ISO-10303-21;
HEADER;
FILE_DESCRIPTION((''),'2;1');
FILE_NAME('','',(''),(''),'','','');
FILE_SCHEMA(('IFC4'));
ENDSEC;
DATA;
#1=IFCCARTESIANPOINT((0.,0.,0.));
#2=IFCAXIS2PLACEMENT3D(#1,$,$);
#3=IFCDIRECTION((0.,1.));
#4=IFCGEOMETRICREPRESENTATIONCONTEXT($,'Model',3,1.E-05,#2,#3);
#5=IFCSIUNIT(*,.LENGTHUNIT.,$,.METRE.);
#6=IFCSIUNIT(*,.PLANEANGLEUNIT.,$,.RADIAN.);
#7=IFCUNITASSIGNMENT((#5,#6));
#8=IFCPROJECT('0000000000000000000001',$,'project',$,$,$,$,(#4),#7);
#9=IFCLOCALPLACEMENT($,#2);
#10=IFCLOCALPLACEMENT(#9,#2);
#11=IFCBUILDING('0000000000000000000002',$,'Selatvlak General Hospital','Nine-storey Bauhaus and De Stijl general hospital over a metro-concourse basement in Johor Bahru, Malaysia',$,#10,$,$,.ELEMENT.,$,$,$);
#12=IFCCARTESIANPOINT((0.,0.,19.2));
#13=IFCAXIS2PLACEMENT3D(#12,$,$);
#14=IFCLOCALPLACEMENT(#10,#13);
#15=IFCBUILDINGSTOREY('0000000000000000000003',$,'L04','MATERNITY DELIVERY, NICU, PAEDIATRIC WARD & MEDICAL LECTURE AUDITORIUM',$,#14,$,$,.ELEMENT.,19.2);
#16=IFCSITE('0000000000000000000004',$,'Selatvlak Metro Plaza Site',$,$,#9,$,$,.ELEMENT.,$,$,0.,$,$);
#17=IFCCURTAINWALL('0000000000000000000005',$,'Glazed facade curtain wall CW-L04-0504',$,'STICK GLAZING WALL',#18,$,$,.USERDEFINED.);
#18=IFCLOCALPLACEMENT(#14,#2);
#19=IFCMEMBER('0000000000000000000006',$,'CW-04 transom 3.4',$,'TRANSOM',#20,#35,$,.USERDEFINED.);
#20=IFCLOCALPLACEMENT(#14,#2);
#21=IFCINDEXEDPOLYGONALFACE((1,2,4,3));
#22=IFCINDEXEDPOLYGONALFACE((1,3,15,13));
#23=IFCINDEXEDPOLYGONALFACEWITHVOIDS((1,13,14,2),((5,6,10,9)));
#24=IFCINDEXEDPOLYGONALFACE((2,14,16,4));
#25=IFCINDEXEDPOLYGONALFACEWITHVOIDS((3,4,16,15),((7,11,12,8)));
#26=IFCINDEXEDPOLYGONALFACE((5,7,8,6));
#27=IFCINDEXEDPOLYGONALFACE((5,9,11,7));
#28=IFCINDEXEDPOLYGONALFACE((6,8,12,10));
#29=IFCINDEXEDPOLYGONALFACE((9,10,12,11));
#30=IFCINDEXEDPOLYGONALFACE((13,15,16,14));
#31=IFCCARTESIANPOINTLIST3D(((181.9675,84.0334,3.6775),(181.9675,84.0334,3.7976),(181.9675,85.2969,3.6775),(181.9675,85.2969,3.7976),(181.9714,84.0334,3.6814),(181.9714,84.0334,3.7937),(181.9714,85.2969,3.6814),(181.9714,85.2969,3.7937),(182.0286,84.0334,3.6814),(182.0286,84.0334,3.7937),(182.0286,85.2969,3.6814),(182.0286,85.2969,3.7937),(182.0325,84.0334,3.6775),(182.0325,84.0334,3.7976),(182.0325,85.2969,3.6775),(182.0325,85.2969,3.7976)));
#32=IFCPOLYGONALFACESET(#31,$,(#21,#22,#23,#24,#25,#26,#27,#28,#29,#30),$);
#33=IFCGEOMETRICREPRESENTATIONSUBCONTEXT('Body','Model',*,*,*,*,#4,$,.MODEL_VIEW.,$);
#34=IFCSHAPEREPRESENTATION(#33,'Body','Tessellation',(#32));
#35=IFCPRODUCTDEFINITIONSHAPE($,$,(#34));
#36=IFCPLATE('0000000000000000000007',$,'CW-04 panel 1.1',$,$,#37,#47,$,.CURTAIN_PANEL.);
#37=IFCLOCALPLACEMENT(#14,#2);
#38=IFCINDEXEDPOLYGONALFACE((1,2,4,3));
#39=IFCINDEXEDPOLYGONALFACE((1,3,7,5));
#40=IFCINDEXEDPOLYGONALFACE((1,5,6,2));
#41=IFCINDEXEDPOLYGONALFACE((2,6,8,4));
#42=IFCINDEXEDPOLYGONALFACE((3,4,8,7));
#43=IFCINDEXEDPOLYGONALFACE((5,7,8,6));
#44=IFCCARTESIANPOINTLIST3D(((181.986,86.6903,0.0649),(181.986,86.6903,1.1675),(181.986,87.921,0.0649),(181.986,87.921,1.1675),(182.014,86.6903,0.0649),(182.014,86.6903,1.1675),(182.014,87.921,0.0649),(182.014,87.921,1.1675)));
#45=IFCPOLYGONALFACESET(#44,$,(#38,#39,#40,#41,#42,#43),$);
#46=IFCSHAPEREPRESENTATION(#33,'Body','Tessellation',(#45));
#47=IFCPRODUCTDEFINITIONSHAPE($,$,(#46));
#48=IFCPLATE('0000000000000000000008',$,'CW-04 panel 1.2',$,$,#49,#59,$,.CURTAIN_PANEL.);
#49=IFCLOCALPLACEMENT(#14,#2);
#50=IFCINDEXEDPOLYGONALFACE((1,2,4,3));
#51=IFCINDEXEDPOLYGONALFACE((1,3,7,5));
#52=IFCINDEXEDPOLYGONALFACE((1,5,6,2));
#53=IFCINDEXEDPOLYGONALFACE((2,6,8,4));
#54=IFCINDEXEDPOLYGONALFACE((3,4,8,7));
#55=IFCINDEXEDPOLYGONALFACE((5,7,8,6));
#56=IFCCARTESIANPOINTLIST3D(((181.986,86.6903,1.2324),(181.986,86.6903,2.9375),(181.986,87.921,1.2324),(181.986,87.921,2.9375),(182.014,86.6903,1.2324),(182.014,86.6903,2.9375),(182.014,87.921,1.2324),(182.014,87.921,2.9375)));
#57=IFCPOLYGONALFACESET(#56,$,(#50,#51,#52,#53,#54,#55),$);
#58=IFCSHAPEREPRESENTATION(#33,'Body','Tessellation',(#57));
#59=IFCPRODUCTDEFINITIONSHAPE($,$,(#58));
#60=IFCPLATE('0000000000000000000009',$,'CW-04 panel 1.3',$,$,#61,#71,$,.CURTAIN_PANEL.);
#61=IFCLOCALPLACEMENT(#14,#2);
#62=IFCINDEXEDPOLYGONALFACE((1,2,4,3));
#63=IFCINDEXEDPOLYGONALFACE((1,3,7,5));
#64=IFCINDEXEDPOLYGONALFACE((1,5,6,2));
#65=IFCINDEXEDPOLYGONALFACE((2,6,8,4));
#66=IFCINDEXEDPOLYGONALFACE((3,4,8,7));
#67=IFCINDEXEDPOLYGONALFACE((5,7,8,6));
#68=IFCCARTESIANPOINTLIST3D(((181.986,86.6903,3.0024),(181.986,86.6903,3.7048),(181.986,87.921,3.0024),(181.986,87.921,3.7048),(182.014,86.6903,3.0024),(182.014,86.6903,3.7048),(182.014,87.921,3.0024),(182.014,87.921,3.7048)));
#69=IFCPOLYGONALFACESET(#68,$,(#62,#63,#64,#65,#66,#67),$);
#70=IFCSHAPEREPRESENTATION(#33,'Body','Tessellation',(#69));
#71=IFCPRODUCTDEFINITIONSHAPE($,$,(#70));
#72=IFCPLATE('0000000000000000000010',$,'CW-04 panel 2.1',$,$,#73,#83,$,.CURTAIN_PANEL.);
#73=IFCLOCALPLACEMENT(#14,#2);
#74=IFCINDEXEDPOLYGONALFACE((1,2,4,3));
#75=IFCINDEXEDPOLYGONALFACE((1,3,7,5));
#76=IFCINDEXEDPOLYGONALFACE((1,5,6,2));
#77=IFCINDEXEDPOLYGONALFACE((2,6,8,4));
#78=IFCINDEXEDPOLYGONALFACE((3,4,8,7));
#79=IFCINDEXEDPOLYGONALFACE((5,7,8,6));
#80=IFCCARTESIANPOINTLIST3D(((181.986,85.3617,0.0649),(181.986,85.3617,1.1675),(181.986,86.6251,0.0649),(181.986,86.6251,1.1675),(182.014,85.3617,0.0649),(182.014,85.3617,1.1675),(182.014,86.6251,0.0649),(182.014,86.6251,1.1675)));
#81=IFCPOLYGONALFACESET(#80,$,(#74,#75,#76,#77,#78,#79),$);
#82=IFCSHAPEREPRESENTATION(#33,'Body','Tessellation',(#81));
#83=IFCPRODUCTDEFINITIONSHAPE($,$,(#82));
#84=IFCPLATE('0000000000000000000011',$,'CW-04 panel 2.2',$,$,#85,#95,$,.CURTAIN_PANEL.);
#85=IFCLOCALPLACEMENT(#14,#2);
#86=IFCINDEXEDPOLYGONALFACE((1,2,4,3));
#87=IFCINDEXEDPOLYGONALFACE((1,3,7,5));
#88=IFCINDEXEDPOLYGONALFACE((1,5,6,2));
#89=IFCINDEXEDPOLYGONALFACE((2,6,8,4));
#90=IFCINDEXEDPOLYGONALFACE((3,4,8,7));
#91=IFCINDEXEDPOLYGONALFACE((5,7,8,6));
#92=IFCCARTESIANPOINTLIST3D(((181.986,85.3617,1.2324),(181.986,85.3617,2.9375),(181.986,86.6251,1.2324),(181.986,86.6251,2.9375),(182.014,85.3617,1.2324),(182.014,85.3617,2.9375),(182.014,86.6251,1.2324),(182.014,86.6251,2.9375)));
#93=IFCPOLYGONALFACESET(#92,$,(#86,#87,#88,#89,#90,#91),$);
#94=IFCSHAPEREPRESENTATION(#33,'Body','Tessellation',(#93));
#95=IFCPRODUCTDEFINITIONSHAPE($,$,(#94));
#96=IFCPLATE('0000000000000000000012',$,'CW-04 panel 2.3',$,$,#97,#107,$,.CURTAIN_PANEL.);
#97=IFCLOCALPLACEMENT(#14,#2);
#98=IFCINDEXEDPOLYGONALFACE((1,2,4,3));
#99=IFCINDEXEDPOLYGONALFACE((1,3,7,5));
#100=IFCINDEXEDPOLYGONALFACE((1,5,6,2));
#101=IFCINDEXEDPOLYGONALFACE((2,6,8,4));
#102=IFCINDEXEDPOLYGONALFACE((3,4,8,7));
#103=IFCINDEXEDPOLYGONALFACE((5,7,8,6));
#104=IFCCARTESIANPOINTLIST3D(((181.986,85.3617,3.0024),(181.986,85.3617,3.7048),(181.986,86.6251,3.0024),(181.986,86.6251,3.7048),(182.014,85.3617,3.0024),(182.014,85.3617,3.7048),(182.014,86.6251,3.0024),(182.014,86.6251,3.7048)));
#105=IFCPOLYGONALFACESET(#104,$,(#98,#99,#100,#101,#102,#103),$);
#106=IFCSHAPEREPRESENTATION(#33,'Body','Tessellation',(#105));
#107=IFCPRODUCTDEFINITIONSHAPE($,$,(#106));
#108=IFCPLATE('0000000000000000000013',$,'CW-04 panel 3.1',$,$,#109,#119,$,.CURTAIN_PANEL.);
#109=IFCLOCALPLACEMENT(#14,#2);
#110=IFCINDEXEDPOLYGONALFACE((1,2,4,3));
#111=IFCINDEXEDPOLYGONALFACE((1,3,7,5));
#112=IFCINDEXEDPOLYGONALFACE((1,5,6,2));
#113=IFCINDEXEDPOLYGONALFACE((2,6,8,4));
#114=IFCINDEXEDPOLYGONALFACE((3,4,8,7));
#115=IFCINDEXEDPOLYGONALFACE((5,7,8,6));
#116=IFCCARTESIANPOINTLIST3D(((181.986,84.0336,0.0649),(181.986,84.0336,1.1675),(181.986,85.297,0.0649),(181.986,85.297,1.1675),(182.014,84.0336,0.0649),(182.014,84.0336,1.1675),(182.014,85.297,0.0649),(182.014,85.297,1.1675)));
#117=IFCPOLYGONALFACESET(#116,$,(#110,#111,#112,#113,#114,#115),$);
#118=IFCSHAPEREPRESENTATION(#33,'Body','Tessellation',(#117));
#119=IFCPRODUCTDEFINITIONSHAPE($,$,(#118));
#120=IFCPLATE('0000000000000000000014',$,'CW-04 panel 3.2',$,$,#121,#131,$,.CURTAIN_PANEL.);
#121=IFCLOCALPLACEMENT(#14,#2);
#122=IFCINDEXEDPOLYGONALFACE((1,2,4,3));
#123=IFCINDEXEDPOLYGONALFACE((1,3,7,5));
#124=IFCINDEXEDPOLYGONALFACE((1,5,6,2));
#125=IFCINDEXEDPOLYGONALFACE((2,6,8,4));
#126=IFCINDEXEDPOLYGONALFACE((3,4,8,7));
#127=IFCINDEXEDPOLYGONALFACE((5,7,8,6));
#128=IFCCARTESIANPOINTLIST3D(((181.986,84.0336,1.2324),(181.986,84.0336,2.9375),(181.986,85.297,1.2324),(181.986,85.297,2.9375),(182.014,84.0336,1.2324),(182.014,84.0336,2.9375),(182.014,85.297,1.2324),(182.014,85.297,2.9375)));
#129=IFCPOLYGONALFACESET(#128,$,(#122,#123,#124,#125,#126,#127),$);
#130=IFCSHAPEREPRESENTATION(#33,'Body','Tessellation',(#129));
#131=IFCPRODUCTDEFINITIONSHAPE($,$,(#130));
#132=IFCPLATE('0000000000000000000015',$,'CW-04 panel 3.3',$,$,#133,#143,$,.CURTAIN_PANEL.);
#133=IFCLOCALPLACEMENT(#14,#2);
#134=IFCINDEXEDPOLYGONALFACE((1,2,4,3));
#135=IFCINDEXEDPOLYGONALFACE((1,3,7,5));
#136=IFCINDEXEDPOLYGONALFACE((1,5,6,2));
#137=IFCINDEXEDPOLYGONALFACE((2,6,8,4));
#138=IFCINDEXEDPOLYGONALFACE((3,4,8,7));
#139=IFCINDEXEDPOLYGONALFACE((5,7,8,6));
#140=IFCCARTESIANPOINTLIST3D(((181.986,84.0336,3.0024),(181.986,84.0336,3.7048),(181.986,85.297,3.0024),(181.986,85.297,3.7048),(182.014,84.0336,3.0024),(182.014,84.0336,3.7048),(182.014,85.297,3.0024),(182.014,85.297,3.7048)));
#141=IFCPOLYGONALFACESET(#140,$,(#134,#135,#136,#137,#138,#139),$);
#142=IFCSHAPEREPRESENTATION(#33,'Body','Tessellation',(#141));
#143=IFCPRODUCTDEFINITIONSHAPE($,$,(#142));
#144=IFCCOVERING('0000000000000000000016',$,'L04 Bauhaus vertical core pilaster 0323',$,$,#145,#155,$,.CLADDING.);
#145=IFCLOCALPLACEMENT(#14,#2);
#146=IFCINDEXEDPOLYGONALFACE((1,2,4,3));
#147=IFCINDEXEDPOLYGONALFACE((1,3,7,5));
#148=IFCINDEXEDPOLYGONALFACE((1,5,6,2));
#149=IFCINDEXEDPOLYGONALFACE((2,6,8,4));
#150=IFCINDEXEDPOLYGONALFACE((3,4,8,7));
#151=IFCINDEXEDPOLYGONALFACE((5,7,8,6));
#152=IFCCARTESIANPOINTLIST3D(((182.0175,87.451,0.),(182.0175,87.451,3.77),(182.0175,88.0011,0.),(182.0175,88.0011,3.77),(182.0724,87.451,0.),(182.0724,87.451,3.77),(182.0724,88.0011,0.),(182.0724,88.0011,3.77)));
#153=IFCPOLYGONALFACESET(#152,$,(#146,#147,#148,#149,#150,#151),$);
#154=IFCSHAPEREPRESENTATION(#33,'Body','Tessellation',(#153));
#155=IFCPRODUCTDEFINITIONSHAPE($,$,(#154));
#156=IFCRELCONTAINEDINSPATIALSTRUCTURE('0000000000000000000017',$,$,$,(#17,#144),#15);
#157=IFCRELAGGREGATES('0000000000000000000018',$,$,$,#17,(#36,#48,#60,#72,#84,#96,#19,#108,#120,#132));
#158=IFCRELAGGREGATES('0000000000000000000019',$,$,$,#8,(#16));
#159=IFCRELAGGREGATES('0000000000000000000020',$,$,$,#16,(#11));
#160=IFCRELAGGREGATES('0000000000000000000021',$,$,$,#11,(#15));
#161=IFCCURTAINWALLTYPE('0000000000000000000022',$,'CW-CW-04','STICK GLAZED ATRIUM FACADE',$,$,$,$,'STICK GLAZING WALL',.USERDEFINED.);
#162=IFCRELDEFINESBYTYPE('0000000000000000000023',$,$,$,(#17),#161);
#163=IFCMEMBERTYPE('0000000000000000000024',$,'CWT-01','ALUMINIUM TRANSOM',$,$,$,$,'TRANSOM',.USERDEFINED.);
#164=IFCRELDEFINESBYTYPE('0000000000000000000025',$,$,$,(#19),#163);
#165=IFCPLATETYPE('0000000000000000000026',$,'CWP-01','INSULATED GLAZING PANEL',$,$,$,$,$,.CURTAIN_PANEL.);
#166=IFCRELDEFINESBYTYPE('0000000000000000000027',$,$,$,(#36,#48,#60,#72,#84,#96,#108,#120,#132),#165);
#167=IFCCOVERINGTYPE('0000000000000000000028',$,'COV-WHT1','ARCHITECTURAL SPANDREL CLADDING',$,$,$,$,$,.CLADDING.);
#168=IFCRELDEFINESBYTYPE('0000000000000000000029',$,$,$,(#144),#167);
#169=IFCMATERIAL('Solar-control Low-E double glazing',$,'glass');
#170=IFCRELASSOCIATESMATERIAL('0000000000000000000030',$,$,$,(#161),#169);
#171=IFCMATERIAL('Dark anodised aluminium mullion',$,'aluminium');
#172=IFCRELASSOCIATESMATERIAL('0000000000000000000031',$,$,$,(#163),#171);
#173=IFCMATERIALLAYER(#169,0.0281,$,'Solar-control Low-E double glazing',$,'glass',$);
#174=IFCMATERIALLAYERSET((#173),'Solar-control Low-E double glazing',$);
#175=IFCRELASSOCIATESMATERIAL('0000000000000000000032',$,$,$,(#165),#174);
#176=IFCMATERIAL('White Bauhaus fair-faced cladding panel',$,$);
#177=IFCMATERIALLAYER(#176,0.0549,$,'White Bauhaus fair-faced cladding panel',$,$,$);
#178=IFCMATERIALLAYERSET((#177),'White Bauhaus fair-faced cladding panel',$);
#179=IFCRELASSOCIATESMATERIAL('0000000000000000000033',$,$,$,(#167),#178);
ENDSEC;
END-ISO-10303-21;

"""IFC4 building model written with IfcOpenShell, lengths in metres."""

from ifc_helpers import new_model, si_unit, direction, frame, origin, origin_2d, place, context, subcontext, project, spatial, rectangle, hollow_rectangle, extrude, material, layer, layer_set, material_profile, profile_set, type_object, element, aggregate, save


model = new_model("IFC4")

# Units and contexts
model_context = context("Model", 3, precision=1e-05, world=origin(), true_north=direction((0.0, 1.0)))
body_context = subcontext(model_context, "Body", "Model", "MODEL_VIEW")
ifc_project = project(units=[si_unit("LENGTHUNIT", "METRE"), si_unit("PLANEANGLEUNIT", "RADIAN")], contexts=[model_context])

# Site, building, storey
site_placement = place(None, origin())
site = spatial("IfcSite", under=ifc_project, at=site_placement, Name="Selatvlak Metro Plaza Site", CompositionType="ELEMENT", RefElevation=0.0)
building_placement = place(site_placement, origin())
building = spatial("IfcBuilding", under=site, at=building_placement, Name="Selatvlak General Hospital", Description="Nine-storey Bauhaus and De Stijl general hospital over a metro-concourse basement in Johor Bahru, Malaysia", CompositionType="ELEMENT")
storey_placement = place(building_placement, frame((0.0, 0.0, 19.2)))
storey = spatial("IfcBuildingStorey", under=building, at=storey_placement, Name="L04", Description="MATERNITY DELIVERY, NICU, PAEDIATRIC WARD & MEDICAL LECTURE AUDITORIUM", CompositionType="ELEMENT", Elevation=19.2)

# Shared definitions
ifc_material_1 = material(Name="Solar-control Low-E double glazing", Category="glass")
ifc_material_2 = material(Name="Dark anodised aluminium mullion", Category="aluminium")

# Curtain wall, member, plates
curtain_wall_type_1 = type_object("IfcCurtainWallType", Name="CW-CW-04", Description="STICK GLAZED ATRIUM FACADE", ElementType="STICK GLAZING WALL", PredefinedType="USERDEFINED", material=ifc_material_1)
curtain_wall_1_placement = place(storey_placement, origin())
curtain_wall_1 = element("IfcCurtainWall", 1, at=curtain_wall_1_placement, inside=storey, type_object=curtain_wall_type_1, Name="Glazed facade curtain wall CW-L04-0504", ObjectType="STICK GLAZING WALL", PredefinedType="USERDEFINED")
ifc_material_profile_1 = material_profile(ifc_material_2, hollow_rectangle(XDim=0.0649, YDim=0.1201, WallThickness=0.0039, at=origin_2d()), Name="AL-TRN 65x120x4")
ifc_profile_set_1 = profile_set([ifc_material_profile_1], Name="Dark anodised aluminium mullion")
member_type_1 = type_object("IfcMemberType", Name="CWT-01", Description="ALUMINIUM TRANSOM", ElementType="TRANSOM", PredefinedType="USERDEFINED", material=ifc_profile_set_1)
member_1_placement = place(storey_placement, frame((182.0, 85.2969, 3.7375), z_axis=(0.0, -1.0, 0.0), x_axis=(1.0, 0.0, 0.0)))
member_1 = element("IfcMember", 2, at=member_1_placement, type_object=member_type_1, Name="CW-04 transom 3.4", ObjectType="TRANSOM", PredefinedType="USERDEFINED", context=body_context, shape_type="SweptSolid", body=[
    extrude(hollow_rectangle(XDim=0.0649, YDim=0.1201, WallThickness=0.0039, at=origin_2d()), origin(), (0.0, 0.0, 1.0), 1.2634),
])
ifc_layer_1 = layer(ifc_material_1, 0.0281, Name="Solar-control Low-E double glazing", Category="glass")
ifc_layer_set_1 = layer_set([ifc_layer_1], Name="Solar-control Low-E double glazing")
plate_type = type_object("IfcPlateType", Name="CWP-01", Description="INSULATED GLAZING PANEL", PredefinedType="CURTAIN_PANEL", material=ifc_layer_set_1)
plate_1_placement = place(storey_placement, frame((182.0, 87.3057, 0.0649), z_axis=(0.0, 0.0, 1.0), x_axis=(0.0, -1.0, 0.0)))
plate_1 = element("IfcPlate", 3, at=plate_1_placement, type_object=plate_type, Name="CW-04 panel 1.1", PredefinedType="CURTAIN_PANEL", context=body_context, shape_type="SweptSolid", body=[
    extrude(rectangle(XDim=1.2307, YDim=0.0281, at=origin_2d()), origin(), (0.0, 0.0, 1.0), 1.1025),
])
plate_2_placement = place(storey_placement, frame((182.0, 87.3057, 1.2324), z_axis=(0.0, 0.0, 1.0), x_axis=(0.0, -1.0, 0.0)))
plate_2 = element("IfcPlate", 4, at=plate_2_placement, type_object=plate_type, Name="CW-04 panel 1.2", PredefinedType="CURTAIN_PANEL", context=body_context, shape_type="SweptSolid", body=[
    extrude(rectangle(XDim=1.2307, YDim=0.0281, at=origin_2d()), origin(), (0.0, 0.0, 1.0), 1.7051),
])
plate_3_placement = place(storey_placement, frame((182.0, 87.3057, 3.0024), z_axis=(0.0, 0.0, 1.0), x_axis=(0.0, -1.0, 0.0)))
plate_3 = element("IfcPlate", 5, at=plate_3_placement, type_object=plate_type, Name="CW-04 panel 1.3", PredefinedType="CURTAIN_PANEL", context=body_context, shape_type="SweptSolid", body=[
    extrude(rectangle(XDim=1.2307, YDim=0.0281, at=origin_2d()), origin(), (0.0, 0.0, 1.0), 0.7024),
])
plate_4_placement = place(storey_placement, frame((182.0, 85.9934, 0.0649), z_axis=(0.0, 0.0, 1.0), x_axis=(0.0, -1.0, 0.0)))
plate_4 = element("IfcPlate", 6, at=plate_4_placement, type_object=plate_type, Name="CW-04 panel 2.1", PredefinedType="CURTAIN_PANEL", context=body_context, shape_type="SweptSolid", body=[
    extrude(rectangle(XDim=1.2634, YDim=0.0281, at=origin_2d()), origin(), (0.0, 0.0, 1.0), 1.1025),
])
plate_5_placement = place(storey_placement, frame((182.0, 85.9934, 1.2324), z_axis=(0.0, 0.0, 1.0), x_axis=(0.0, -1.0, 0.0)))
plate_5 = element("IfcPlate", 7, at=plate_5_placement, type_object=plate_type, Name="CW-04 panel 2.2", PredefinedType="CURTAIN_PANEL", context=body_context, shape_type="SweptSolid", body=[
    extrude(rectangle(XDim=1.2634, YDim=0.0281, at=origin_2d()), origin(), (0.0, 0.0, 1.0), 1.7051),
])
plate_6_placement = place(storey_placement, frame((182.0, 85.9934, 3.0024), z_axis=(0.0, 0.0, 1.0), x_axis=(0.0, -1.0, 0.0)))
plate_6 = element("IfcPlate", 8, at=plate_6_placement, type_object=plate_type, Name="CW-04 panel 2.3", PredefinedType="CURTAIN_PANEL", context=body_context, shape_type="SweptSolid", body=[
    extrude(rectangle(XDim=1.2634, YDim=0.0281, at=origin_2d()), origin(), (0.0, 0.0, 1.0), 0.7024),
])
plate_7_placement = place(storey_placement, frame((182.0, 84.6653, 0.0649), z_axis=(0.0, 0.0, 1.0), x_axis=(0.0, -1.0, 0.0)))
plate_7 = element("IfcPlate", 9, at=plate_7_placement, type_object=plate_type, Name="CW-04 panel 3.1", PredefinedType="CURTAIN_PANEL", context=body_context, shape_type="SweptSolid", body=[
    extrude(rectangle(XDim=1.2634, YDim=0.0281, at=origin_2d()), origin(), (0.0, 0.0, 1.0), 1.1025),
])
plate_8_placement = place(storey_placement, frame((182.0, 84.6653, 1.2324), z_axis=(0.0, 0.0, 1.0), x_axis=(0.0, -1.0, 0.0)))
plate_8 = element("IfcPlate", 10, at=plate_8_placement, type_object=plate_type, Name="CW-04 panel 3.2", PredefinedType="CURTAIN_PANEL", context=body_context, shape_type="SweptSolid", body=[
    extrude(rectangle(XDim=1.2634, YDim=0.0281, at=origin_2d()), origin(), (0.0, 0.0, 1.0), 1.7051),
])
plate_9_placement = place(storey_placement, frame((182.0, 84.6653, 3.0024), z_axis=(0.0, 0.0, 1.0), x_axis=(0.0, -1.0, 0.0)))
plate_9 = element("IfcPlate", 11, at=plate_9_placement, type_object=plate_type, Name="CW-04 panel 3.3", PredefinedType="CURTAIN_PANEL", context=body_context, shape_type="SweptSolid", body=[
    extrude(rectangle(XDim=1.2634, YDim=0.0281, at=origin_2d()), origin(), (0.0, 0.0, 1.0), 0.7024),
])
aggregate(curtain_wall_1, [plate_1, plate_2, plate_3, plate_4, plate_5, plate_6, member_1, plate_7, plate_8, plate_9])

# Covering
ifc_material_3 = material(Name="White Bauhaus fair-faced cladding panel")
ifc_layer_2 = layer(ifc_material_3, 0.0549, Name="White Bauhaus fair-faced cladding panel")
ifc_layer_set_2 = layer_set([ifc_layer_2], Name="White Bauhaus fair-faced cladding panel")
covering_type = type_object("IfcCoveringType", Name="COV-WHT1", Description="ARCHITECTURAL SPANDREL CLADDING", PredefinedType="CLADDING", material=ifc_layer_set_2)
covering_placement = place(storey_placement, frame((182.0449, 87.7261, 0.0), z_axis=(0.0, 0.0, 1.0), x_axis=(0.0, -1.0, 0.0)))
element("IfcCovering", 12, at=covering_placement, inside=storey, type_object=covering_type, Name="L04 Bauhaus vertical core pilaster 0323", PredefinedType="CLADDING", context=body_context, shape_type="SweptSolid", body=[
    extrude(rectangle(XDim=0.55, YDim=0.0549, at=origin_2d()), origin(), (0.0, 0.0, 1.0), 3.77),
])

save(model, "model.ifc")
